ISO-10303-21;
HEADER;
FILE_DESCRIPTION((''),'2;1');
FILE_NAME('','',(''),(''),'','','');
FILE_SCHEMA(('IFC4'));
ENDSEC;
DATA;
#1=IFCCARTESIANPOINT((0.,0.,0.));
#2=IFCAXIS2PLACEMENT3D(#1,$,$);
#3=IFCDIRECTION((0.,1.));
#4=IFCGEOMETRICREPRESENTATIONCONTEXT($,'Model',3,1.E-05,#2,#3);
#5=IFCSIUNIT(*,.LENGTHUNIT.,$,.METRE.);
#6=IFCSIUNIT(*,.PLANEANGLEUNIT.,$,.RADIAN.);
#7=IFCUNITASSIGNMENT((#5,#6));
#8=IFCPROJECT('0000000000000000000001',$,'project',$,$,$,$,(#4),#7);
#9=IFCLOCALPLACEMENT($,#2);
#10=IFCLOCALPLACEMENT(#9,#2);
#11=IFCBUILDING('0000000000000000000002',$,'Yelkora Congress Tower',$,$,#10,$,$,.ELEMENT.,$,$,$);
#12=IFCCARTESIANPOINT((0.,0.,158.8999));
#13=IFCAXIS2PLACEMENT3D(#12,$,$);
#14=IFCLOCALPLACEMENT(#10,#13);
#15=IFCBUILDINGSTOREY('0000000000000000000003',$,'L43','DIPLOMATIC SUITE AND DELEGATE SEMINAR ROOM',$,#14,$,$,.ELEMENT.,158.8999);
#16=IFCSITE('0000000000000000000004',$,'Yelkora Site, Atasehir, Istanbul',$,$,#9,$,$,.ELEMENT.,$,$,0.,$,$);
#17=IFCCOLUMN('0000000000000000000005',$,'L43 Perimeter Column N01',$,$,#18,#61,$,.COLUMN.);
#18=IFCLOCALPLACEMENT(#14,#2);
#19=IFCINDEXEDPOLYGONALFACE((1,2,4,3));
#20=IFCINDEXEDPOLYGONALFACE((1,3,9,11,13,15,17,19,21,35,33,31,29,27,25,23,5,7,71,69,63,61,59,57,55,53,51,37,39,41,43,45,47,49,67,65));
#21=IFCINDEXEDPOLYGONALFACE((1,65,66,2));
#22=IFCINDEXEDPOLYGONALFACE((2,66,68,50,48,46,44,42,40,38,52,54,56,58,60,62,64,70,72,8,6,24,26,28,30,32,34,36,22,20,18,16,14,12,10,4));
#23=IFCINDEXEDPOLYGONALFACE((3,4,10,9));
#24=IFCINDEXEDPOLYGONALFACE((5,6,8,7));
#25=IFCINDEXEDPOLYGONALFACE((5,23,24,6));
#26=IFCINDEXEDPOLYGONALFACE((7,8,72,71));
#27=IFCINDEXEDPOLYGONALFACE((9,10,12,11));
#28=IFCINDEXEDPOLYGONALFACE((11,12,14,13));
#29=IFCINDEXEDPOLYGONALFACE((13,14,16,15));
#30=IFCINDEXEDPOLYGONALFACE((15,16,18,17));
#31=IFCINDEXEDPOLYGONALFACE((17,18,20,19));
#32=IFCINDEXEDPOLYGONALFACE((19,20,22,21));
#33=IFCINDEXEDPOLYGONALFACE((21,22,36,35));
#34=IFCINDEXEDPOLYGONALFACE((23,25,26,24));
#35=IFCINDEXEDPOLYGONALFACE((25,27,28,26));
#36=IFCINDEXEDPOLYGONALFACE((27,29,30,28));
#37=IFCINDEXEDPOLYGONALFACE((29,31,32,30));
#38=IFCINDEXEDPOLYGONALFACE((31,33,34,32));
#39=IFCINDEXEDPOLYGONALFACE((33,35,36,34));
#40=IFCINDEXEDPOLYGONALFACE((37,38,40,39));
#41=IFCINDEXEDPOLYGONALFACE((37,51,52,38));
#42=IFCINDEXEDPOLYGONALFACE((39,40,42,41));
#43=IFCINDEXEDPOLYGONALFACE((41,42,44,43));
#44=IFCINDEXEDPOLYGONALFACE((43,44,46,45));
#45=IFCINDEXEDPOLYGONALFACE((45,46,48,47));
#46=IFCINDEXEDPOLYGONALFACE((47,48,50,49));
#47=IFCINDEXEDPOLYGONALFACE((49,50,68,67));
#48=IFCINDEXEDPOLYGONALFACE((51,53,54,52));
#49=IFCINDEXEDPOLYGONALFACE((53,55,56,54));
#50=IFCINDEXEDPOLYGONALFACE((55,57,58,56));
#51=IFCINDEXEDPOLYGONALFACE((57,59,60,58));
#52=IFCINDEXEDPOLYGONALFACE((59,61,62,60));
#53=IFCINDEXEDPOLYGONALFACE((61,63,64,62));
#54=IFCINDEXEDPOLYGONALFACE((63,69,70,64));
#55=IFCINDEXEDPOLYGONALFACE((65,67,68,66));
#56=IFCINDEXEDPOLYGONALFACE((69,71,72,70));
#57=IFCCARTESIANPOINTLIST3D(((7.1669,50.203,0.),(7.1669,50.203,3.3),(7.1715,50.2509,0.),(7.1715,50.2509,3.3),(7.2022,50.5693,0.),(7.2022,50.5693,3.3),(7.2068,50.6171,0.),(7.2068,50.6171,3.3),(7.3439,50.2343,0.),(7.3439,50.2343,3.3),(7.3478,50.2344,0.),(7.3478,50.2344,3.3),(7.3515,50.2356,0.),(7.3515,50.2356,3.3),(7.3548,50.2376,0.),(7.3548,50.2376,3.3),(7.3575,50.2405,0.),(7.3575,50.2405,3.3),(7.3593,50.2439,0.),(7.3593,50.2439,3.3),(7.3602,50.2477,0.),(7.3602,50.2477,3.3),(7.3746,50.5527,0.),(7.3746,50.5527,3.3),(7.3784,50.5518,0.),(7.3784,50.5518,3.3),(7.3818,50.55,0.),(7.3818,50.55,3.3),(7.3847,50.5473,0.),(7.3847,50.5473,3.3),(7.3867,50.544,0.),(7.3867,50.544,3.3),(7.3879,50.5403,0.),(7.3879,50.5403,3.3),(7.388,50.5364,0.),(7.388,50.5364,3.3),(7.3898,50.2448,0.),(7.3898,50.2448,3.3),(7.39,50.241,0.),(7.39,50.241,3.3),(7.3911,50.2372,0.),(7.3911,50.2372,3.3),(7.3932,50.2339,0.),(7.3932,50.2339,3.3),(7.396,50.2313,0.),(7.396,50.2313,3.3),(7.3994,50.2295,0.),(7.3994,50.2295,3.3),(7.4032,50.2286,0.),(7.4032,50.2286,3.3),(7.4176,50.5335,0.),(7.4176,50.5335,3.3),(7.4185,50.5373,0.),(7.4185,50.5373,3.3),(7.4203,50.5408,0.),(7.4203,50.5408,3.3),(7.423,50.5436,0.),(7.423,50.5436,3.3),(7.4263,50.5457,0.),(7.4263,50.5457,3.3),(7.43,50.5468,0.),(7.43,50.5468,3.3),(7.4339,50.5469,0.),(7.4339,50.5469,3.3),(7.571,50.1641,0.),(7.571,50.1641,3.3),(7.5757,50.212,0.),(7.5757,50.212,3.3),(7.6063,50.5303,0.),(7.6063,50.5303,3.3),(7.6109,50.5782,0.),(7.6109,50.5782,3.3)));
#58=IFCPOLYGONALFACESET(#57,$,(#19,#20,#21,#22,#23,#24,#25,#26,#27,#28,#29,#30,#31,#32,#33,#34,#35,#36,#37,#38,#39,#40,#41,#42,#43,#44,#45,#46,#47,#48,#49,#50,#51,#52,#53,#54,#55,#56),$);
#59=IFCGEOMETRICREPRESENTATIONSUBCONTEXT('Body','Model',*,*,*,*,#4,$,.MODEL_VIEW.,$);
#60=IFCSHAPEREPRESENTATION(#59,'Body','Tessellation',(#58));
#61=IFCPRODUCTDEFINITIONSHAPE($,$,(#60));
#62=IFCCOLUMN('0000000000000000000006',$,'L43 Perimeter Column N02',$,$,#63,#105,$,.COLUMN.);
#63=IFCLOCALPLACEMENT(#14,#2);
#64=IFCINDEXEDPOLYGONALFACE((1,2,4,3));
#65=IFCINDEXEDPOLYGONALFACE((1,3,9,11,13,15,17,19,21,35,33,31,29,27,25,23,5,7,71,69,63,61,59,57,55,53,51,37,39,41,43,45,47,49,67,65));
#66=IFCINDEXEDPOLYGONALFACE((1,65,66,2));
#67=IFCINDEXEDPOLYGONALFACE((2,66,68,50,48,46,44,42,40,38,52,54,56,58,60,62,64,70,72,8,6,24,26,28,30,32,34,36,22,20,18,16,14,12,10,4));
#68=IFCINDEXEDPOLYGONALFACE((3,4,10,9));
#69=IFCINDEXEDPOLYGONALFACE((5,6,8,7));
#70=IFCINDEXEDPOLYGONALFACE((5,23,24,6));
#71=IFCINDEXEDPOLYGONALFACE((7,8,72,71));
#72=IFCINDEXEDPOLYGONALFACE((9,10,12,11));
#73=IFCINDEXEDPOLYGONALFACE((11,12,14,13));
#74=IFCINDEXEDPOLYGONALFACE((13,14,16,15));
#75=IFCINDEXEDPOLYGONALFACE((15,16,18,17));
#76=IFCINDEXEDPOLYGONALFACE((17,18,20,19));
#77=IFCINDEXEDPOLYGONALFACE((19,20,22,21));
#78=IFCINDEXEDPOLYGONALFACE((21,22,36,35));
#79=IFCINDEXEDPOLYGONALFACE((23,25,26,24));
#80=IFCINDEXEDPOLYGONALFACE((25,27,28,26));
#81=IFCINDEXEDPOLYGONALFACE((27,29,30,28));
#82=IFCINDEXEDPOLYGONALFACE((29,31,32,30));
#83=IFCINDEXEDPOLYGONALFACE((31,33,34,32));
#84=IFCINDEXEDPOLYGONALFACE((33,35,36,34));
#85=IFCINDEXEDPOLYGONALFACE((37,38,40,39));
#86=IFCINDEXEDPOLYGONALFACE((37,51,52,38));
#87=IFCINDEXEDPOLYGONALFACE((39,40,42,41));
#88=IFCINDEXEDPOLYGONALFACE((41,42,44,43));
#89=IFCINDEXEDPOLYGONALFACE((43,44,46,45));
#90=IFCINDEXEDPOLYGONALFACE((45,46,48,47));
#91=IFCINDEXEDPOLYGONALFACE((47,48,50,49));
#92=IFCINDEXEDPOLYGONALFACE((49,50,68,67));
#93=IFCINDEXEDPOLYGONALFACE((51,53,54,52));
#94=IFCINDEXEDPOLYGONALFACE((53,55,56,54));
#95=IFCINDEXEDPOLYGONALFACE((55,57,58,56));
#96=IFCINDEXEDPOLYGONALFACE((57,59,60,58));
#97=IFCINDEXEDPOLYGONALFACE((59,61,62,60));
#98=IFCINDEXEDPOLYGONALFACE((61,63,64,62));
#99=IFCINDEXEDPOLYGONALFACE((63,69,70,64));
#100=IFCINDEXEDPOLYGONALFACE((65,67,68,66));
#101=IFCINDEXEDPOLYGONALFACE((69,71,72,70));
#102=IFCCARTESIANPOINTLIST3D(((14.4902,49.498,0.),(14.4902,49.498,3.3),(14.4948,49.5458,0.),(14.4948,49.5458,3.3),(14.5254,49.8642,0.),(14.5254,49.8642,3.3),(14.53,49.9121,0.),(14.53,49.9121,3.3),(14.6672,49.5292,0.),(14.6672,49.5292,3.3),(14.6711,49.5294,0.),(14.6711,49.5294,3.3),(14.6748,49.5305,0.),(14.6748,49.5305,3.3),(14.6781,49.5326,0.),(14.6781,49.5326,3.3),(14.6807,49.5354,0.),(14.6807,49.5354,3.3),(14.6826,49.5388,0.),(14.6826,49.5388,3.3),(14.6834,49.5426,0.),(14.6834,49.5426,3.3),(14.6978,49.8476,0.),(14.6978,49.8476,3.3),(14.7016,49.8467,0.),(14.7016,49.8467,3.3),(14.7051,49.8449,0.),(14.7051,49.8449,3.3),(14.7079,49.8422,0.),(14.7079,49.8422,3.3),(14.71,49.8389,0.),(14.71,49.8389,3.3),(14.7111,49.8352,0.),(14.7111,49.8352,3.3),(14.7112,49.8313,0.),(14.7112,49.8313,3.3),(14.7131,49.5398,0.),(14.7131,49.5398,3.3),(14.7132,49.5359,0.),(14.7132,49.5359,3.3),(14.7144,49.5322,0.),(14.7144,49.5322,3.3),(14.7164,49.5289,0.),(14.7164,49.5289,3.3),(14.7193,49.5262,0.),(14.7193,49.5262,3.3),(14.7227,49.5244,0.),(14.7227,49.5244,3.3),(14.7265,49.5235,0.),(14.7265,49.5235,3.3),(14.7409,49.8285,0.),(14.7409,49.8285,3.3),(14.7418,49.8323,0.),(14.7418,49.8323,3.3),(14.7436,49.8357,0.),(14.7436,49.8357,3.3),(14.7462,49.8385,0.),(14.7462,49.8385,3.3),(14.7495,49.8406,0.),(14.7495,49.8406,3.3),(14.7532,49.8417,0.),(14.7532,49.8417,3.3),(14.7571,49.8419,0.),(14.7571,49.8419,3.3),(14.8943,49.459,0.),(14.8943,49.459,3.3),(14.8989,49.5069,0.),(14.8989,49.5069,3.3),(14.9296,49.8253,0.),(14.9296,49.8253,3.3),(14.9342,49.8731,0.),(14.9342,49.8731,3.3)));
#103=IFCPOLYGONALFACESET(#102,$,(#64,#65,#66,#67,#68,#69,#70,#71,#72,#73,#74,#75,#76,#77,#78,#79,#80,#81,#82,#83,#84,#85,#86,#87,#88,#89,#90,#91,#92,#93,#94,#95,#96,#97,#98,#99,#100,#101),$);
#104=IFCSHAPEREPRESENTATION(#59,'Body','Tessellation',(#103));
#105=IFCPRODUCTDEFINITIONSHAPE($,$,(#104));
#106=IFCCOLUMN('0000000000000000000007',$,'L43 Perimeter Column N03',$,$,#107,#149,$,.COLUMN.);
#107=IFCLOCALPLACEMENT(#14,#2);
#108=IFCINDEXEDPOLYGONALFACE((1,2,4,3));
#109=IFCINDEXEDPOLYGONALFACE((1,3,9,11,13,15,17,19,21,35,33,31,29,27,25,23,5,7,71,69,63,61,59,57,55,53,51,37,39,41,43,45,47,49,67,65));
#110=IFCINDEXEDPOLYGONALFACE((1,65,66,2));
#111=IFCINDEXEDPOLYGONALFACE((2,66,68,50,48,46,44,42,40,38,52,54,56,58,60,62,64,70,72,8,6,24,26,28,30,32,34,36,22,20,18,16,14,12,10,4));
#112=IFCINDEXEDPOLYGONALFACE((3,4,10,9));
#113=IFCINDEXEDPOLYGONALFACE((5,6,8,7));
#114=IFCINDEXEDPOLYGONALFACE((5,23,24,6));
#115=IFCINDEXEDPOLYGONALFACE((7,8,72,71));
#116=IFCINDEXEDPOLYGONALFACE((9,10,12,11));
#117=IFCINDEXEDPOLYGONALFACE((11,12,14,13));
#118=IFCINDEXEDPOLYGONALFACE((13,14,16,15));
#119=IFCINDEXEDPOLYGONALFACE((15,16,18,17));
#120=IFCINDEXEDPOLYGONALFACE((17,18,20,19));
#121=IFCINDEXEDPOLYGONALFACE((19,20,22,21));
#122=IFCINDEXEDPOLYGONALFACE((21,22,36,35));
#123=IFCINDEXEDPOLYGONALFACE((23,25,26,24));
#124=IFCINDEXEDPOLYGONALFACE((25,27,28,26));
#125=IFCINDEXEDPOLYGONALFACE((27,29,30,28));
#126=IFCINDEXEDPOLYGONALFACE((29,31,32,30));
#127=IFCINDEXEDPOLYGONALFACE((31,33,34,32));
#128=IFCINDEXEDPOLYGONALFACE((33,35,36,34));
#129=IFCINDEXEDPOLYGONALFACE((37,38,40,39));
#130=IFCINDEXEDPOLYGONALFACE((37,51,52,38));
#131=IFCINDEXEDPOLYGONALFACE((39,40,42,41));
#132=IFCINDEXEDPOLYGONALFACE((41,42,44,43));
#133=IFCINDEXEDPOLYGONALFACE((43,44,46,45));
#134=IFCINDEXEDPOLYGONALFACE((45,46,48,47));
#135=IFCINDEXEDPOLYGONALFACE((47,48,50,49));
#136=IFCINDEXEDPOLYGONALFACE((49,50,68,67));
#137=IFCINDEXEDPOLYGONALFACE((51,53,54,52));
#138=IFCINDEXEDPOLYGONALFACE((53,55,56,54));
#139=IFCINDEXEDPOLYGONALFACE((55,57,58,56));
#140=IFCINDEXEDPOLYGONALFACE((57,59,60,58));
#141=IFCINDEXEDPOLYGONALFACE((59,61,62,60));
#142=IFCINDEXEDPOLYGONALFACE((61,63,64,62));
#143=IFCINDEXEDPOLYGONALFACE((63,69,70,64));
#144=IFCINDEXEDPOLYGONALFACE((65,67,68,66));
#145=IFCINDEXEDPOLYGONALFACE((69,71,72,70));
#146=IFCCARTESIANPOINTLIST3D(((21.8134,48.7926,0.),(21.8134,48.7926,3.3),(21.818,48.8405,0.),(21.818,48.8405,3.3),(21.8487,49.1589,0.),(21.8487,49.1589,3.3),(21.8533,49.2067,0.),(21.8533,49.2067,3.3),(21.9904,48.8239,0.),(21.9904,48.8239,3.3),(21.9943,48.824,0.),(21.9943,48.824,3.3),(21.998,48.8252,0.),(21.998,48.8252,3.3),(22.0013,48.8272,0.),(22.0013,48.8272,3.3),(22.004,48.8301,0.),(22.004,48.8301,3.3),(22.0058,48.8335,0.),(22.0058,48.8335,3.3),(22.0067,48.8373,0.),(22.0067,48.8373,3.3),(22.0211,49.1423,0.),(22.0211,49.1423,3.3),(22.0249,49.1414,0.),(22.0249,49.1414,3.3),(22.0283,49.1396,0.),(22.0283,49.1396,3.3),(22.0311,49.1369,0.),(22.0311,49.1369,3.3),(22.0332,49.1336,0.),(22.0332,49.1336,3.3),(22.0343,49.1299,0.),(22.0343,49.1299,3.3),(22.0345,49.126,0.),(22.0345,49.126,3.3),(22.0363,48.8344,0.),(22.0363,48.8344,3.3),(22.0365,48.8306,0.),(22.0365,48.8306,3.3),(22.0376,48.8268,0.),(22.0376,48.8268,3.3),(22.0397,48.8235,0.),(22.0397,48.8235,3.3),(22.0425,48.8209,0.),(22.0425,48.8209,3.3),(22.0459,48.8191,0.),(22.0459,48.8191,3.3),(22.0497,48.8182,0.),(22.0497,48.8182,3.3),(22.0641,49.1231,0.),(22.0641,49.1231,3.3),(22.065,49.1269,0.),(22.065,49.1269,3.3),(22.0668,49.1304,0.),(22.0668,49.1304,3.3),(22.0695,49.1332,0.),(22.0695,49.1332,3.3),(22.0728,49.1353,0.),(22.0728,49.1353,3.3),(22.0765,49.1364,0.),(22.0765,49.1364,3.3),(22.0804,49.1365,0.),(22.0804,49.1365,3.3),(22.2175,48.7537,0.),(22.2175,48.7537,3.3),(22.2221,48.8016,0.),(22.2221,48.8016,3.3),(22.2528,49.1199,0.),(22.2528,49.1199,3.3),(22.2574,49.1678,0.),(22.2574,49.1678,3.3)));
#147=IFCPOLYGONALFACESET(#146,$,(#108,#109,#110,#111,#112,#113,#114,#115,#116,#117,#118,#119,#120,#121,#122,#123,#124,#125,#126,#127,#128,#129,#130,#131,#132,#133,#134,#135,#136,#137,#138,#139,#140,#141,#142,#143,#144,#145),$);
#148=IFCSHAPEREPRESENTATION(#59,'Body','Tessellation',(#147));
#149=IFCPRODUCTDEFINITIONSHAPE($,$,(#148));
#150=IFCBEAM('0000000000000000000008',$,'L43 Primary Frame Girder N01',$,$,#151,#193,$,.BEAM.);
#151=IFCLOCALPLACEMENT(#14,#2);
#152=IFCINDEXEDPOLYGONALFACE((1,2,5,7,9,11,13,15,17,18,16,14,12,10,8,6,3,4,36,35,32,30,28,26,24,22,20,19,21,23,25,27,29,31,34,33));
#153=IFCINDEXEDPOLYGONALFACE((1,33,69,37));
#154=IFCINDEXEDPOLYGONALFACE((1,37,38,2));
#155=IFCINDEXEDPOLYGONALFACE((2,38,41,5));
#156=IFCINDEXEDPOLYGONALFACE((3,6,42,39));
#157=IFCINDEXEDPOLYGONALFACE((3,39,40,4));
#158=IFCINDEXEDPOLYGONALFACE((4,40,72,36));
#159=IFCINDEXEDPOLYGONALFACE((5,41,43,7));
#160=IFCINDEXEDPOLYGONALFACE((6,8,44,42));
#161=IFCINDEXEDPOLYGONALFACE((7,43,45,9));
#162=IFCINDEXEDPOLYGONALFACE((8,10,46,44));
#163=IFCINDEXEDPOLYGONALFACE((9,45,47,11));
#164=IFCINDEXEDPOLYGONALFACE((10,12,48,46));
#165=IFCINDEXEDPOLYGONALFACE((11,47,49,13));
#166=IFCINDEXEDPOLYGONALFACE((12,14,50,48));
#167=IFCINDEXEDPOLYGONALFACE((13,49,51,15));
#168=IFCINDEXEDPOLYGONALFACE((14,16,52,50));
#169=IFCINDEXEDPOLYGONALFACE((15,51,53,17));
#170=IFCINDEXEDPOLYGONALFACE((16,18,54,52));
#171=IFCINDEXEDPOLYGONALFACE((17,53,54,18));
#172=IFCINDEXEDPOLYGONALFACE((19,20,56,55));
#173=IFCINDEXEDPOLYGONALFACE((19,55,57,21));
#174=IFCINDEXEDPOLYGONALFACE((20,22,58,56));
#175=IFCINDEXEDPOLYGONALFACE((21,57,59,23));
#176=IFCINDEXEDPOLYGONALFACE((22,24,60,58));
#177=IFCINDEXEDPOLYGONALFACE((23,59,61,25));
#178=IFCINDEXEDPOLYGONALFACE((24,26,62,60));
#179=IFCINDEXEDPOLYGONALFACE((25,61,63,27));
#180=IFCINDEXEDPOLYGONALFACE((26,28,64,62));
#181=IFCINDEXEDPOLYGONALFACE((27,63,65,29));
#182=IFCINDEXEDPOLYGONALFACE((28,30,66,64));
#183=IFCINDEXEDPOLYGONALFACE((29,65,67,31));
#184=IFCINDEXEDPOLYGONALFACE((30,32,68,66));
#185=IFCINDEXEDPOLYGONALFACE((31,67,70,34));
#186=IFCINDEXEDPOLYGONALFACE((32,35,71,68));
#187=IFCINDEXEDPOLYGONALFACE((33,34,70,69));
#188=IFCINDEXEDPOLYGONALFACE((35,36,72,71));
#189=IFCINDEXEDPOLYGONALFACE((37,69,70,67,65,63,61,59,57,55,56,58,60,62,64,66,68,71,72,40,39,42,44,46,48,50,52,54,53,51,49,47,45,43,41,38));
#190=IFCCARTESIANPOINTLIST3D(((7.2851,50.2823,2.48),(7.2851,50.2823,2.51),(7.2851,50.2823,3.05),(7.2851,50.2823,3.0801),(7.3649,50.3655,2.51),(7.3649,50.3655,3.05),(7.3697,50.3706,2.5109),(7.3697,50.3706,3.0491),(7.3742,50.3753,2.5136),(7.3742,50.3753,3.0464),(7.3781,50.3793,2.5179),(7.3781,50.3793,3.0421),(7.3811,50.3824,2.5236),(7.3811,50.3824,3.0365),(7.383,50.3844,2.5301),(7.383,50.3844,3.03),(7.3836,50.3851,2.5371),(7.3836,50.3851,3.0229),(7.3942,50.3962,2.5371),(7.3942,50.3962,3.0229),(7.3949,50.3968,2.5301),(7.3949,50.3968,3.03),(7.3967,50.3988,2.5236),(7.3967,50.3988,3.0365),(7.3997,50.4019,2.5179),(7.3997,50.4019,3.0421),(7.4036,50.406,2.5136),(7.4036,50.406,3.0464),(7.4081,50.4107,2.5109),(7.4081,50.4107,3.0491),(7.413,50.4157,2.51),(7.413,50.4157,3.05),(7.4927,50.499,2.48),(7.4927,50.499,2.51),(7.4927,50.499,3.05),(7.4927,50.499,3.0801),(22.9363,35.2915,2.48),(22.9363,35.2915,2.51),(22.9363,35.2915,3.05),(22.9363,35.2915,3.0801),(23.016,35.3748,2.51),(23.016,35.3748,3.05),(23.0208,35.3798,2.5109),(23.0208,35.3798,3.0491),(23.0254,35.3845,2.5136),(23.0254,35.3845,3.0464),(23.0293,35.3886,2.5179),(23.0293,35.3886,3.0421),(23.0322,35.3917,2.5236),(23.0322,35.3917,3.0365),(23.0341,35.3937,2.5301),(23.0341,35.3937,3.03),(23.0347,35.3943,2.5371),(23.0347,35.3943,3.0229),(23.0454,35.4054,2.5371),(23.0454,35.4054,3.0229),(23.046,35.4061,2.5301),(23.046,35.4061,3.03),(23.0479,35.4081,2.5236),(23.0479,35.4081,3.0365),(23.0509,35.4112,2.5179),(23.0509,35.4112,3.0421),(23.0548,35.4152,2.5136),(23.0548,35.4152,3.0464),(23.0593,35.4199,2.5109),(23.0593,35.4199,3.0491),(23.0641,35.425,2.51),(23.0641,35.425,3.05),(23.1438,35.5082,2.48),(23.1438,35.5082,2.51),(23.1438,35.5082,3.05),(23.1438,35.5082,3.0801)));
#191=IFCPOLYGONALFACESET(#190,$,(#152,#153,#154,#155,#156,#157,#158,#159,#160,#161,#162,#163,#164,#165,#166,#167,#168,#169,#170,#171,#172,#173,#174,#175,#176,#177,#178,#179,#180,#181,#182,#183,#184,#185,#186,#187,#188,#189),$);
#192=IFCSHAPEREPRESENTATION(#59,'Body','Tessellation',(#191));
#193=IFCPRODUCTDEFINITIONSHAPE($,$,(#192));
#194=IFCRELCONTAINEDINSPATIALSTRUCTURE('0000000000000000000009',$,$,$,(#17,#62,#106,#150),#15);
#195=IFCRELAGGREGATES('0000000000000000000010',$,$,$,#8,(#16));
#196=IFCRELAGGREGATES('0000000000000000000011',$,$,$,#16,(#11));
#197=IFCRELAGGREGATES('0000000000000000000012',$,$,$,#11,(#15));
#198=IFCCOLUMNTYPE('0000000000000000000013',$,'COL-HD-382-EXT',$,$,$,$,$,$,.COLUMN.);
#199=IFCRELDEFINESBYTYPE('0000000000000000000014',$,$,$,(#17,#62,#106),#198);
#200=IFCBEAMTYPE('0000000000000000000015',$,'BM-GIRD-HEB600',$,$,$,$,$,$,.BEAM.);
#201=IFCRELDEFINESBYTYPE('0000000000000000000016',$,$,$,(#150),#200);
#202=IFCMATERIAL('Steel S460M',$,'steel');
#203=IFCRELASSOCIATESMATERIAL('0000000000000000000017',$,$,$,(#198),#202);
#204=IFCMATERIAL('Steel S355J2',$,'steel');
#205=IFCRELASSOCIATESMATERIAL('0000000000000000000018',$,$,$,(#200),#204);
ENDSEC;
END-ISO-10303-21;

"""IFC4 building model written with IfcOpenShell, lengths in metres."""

from ifc_helpers import new_model, si_unit, direction, frame, origin, origin_2d, place, context, subcontext, project, spatial, i_section, extrude, material, material_profile, profile_set, type_object, element, save


model = new_model("IFC4")

# Units and contexts
model_context = context("Model", 3, precision=1e-05, world=origin(), true_north=direction((0.0, 1.0)))
body_context = subcontext(model_context, "Body", "Model", "MODEL_VIEW")
ifc_project = project(units=[si_unit("LENGTHUNIT", "METRE"), si_unit("PLANEANGLEUNIT", "RADIAN")], contexts=[model_context])

# Site, building, storey
site_placement = place(None, origin())
site = spatial("IfcSite", under=ifc_project, at=site_placement, Name="Yelkora Site, Atasehir, Istanbul", CompositionType="ELEMENT", RefElevation=0.0)
building_placement = place(site_placement, origin())
building = spatial("IfcBuilding", under=site, at=building_placement, Name="Yelkora Congress Tower", CompositionType="ELEMENT")
storey_placement = place(building_placement, frame((0.0, 0.0, 158.8999)))
storey = spatial("IfcBuildingStorey", under=building, at=storey_placement, Name="L43", Description="DIPLOMATIC SUITE AND DELEGATE SEMINAR ROOM", CompositionType="ELEMENT", Elevation=158.8999)

# Columns
ifc_material_1 = material(Name="Steel S460M", Category="steel")
ifc_material_profile_1 = material_profile(ifc_material_1, i_section(OverallWidth=0.406, OverallDepth=0.416, WebThickness=0.0298, FlangeThickness=0.0481, FilletRadius=0.0149, at=origin_2d()), Name="HD 400x382")
ifc_profile_set_1 = profile_set([ifc_material_profile_1], Name="Steel S460M")
column_type = type_object("IfcColumnType", Name="COL-HD-382-EXT", PredefinedType="COLUMN", material=ifc_profile_set_1)
for number, where, z_axis, x_axis, name in (
    (1, (7.3889, 50.3906, 0.0), (0.0, 0.0, 1.0), (0.995396, -0.095846, 0.0), "L43 Perimeter Column N01"),
    (2, (14.7122, 49.6855, 0.0), (0.0, 0.0, 1.0), (0.995396, -0.095846, 0.0), "L43 Perimeter Column N02"),
    (3, (22.0354, 48.9802, 0.0), (0.0, 0.0, 1.0), (0.995396, -0.095846, 0.0), "L43 Perimeter Column N03"),
):
    element("IfcColumn", number, at=place(storey_placement, frame(where, z_axis=z_axis, x_axis=x_axis)), inside=storey, type_object=column_type, Name=name, PredefinedType="COLUMN", context=body_context, shape_type="SweptSolid", body=[
        extrude(i_section(OverallWidth=0.406, OverallDepth=0.416, WebThickness=0.0298, FlangeThickness=0.0481, FilletRadius=0.0149, at=origin_2d()), origin(), (0.0, 0.0, 1.0), 3.3),
    ])

# Beam
ifc_material_2 = material(Name="Steel S355J2", Category="steel")
ifc_material_profile_2 = material_profile(ifc_material_2, i_section(OverallWidth=0.3, OverallDepth=0.6001, WebThickness=0.0154, FlangeThickness=0.03, FilletRadius=0.0271, at=origin_2d()), Name="HEB 600")
ifc_profile_set_2 = profile_set([ifc_material_profile_2], Name="Steel S355J2")
beam_type_1 = type_object("IfcBeamType", Name="BM-GIRD-HEB600", PredefinedType="BEAM", material=ifc_profile_set_2)
beam_1_placement = place(storey_placement, frame((7.3889, 50.3906, 2.78), z_axis=(0.722179, -0.691706, 0.0), x_axis=(0.691706, 0.722179, 0.0)))
element("IfcBeam", 4, at=beam_1_placement, inside=storey, type_object=beam_type_1, Name="L43 Primary Frame Girder N01", PredefinedType="BEAM", context=body_context, shape_type="SweptSolid", body=[
    extrude(i_section(OverallWidth=0.3, OverallDepth=0.6001, WebThickness=0.0154, FlangeThickness=0.03, FilletRadius=0.0271, at=origin_2d()), origin(), (0.0, 0.0, 1.0), 21.6721),
])

save(model, "model.ifc")
